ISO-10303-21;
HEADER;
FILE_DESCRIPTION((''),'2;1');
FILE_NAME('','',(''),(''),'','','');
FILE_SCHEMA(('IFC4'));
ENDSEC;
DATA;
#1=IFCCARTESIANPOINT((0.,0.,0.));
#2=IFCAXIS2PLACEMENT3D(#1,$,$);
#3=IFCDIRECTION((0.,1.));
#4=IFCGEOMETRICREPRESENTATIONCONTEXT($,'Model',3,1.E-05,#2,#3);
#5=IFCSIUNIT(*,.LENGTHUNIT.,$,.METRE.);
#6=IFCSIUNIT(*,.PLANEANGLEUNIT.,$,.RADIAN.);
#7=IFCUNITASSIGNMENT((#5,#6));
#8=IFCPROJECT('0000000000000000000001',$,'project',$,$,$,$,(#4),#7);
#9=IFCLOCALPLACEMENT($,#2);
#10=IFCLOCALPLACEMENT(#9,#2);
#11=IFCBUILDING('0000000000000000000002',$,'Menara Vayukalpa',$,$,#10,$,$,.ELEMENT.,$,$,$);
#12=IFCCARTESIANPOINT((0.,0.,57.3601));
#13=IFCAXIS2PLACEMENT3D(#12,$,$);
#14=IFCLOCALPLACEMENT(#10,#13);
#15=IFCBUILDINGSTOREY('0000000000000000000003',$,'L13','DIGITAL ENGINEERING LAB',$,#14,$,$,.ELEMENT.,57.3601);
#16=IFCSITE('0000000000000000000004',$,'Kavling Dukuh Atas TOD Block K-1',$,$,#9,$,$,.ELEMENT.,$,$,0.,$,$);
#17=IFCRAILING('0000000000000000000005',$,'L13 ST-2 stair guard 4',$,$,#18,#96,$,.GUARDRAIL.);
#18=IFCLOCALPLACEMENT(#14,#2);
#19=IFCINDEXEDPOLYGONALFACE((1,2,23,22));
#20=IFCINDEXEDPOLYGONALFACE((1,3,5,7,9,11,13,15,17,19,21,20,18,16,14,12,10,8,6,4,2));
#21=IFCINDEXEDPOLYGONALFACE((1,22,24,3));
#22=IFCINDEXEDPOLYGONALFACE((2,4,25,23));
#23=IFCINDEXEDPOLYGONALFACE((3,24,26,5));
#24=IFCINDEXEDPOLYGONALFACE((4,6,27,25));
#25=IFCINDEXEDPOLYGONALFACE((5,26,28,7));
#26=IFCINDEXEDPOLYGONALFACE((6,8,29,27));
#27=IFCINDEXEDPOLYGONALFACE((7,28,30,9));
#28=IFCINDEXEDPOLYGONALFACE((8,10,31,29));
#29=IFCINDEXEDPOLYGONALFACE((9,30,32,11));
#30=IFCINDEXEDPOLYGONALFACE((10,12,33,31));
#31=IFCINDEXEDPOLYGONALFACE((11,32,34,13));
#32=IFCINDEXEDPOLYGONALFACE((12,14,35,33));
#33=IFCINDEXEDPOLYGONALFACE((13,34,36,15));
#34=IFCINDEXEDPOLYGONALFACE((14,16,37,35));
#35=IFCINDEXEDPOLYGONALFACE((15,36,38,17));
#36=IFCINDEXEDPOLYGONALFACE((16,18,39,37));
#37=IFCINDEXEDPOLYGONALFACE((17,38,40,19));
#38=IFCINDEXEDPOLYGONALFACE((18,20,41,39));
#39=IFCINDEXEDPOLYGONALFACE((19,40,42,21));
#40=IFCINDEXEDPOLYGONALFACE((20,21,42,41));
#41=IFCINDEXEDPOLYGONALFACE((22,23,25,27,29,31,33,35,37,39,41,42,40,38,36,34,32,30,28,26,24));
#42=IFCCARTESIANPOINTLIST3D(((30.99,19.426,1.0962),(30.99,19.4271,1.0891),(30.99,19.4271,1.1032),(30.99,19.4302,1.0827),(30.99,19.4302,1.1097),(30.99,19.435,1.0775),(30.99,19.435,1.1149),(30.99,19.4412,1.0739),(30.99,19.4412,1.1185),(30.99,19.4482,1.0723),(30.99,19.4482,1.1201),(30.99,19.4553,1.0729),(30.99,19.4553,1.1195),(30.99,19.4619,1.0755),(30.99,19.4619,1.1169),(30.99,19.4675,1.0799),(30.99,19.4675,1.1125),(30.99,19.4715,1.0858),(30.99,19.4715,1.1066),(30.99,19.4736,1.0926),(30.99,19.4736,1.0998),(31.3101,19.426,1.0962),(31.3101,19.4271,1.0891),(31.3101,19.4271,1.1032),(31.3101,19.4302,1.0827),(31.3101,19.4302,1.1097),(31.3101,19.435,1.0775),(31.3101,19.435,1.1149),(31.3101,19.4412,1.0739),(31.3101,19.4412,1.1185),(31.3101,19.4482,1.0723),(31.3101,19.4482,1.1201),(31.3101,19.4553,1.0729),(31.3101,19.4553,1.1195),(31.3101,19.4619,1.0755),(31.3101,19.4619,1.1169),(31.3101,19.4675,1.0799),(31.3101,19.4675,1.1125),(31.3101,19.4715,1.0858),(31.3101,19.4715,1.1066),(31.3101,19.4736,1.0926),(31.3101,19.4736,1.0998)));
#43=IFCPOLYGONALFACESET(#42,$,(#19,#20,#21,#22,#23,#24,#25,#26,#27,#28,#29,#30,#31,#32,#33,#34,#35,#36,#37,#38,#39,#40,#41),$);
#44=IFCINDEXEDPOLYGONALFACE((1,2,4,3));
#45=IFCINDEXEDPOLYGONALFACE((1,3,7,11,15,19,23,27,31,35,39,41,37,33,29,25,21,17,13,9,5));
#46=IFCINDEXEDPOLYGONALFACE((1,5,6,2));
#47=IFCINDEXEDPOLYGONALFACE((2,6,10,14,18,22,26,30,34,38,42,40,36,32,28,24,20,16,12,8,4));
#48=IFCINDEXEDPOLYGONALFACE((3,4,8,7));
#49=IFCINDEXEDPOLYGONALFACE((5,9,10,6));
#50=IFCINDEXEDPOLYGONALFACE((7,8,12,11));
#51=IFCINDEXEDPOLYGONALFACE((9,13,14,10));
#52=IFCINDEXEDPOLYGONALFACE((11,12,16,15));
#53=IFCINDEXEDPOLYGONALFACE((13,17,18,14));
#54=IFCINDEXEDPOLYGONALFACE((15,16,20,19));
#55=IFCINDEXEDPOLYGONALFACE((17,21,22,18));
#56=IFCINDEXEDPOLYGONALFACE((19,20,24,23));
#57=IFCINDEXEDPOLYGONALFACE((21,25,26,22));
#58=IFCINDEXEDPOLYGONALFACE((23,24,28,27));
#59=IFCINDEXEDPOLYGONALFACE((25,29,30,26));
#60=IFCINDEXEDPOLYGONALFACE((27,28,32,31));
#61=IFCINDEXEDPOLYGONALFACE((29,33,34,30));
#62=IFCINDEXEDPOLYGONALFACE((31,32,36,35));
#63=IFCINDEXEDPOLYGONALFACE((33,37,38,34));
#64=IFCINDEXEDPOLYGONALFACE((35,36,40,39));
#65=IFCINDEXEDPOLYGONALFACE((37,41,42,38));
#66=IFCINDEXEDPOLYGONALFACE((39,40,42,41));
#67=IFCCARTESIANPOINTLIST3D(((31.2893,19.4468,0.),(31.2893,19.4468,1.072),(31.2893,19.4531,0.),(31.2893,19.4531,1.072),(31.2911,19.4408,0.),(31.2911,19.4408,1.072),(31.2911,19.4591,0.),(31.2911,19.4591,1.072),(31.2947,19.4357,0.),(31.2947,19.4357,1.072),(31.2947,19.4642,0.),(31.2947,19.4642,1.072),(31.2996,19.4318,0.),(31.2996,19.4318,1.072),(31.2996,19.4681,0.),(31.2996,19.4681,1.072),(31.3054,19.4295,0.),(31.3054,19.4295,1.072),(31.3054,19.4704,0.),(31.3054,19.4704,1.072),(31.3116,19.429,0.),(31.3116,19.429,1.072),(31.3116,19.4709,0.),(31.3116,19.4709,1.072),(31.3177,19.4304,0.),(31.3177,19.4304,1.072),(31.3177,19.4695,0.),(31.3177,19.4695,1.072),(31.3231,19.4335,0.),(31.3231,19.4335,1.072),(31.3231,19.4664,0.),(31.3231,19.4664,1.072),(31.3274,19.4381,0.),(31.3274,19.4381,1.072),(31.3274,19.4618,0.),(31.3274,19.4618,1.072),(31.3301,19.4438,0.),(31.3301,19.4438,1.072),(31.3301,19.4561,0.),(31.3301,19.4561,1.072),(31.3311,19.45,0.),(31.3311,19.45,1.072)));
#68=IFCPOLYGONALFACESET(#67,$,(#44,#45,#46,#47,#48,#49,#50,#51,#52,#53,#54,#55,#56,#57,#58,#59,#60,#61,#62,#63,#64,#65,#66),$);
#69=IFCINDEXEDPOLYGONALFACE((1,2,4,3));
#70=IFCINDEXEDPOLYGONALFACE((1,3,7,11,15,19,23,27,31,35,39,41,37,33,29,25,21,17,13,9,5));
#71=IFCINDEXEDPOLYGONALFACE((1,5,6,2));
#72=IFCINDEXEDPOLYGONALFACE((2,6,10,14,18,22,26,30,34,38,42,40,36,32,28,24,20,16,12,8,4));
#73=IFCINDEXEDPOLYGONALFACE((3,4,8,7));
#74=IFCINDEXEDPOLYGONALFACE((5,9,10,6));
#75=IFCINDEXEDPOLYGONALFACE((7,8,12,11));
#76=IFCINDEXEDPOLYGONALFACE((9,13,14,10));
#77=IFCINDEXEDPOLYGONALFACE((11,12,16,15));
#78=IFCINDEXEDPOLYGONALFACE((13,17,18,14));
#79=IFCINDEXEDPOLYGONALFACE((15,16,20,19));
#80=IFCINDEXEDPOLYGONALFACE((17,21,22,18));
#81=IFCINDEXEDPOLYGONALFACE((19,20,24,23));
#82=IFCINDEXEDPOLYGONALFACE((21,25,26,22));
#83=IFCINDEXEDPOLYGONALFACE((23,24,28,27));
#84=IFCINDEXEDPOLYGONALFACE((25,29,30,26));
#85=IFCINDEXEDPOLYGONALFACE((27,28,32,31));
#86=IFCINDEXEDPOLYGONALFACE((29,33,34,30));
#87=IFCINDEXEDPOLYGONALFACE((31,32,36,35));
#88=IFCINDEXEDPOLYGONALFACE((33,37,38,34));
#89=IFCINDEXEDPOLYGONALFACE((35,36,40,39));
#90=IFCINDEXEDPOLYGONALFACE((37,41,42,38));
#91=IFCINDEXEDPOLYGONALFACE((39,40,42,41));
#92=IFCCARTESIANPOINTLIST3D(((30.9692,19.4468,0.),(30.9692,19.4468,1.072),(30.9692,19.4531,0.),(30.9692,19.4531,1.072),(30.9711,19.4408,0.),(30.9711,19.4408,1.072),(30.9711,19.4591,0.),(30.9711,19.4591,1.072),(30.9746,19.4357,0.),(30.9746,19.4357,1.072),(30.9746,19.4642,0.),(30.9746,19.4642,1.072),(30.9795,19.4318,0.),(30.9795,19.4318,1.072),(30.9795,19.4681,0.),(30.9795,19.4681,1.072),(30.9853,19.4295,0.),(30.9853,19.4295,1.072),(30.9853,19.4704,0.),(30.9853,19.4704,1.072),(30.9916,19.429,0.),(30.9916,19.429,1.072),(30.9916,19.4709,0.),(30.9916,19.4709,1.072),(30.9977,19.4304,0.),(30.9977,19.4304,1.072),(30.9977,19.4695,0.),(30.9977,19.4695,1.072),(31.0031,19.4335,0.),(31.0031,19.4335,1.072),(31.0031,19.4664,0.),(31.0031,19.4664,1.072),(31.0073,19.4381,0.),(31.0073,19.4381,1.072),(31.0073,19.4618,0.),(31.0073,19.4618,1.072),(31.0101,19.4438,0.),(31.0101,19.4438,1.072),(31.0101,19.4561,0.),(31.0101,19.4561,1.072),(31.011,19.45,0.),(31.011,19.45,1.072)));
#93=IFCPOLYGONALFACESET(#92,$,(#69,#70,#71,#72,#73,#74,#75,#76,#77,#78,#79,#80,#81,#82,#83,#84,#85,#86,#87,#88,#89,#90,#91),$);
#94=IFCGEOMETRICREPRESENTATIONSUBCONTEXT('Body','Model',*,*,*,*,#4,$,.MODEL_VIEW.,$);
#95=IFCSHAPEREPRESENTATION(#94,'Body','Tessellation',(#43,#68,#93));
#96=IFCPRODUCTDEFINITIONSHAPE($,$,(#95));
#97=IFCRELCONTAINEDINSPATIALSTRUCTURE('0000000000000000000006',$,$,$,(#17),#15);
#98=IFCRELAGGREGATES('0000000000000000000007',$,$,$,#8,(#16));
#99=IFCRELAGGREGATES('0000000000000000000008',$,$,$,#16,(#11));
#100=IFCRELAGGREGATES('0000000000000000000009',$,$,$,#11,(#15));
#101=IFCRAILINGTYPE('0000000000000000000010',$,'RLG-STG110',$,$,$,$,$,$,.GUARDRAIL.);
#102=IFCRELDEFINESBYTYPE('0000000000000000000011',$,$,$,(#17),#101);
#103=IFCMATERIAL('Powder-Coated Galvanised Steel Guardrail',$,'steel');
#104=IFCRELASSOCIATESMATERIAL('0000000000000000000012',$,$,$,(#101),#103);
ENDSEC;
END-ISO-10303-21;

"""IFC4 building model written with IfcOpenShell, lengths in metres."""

from ifc_helpers import new_model, si_unit, direction, frame, origin, origin_2d, place, context, subcontext, project, spatial, circle, extrude, material, type_object, element, save


model = new_model("IFC4")

# Units and contexts
model_context = context("Model", 3, precision=1e-05, world=origin(), true_north=direction((0.0, 1.0)))
body_context = subcontext(model_context, "Body", "Model", "MODEL_VIEW")
ifc_project = project(units=[si_unit("LENGTHUNIT", "METRE"), si_unit("PLANEANGLEUNIT", "RADIAN")], contexts=[model_context])

# Site, building, storey
site_placement = place(None, origin())
site = spatial("IfcSite", under=ifc_project, at=site_placement, Name="Kavling Dukuh Atas TOD Block K-1", CompositionType="ELEMENT", RefElevation=0.0)
building_placement = place(site_placement, origin())
building = spatial("IfcBuilding", under=site, at=building_placement, Name="Menara Vayukalpa", CompositionType="ELEMENT")
storey_placement = place(building_placement, frame((0.0, 0.0, 57.3601)))
storey = spatial("IfcBuildingStorey", under=building, at=storey_placement, Name="L13", Description="DIGITAL ENGINEERING LAB", CompositionType="ELEMENT", Elevation=57.3601)

# Railing
ifc_material_1 = material(Name="Powder-Coated Galvanised Steel Guardrail", Category="steel")
railing_type_1 = type_object("IfcRailingType", Name="RLG-STG110", PredefinedType="GUARDRAIL", material=ifc_material_1)
railing_1_placement = place(storey_placement, frame((31.3101, 19.45, 0.0)))
element("IfcRailing", 1, at=railing_1_placement, inside=storey, type_object=railing_type_1, Name="L13 ST-2 stair guard 4", PredefinedType="GUARDRAIL", context=body_context, shape_type="SweptSolid", body=[
    extrude(circle(Radius=0.0239, at=origin_2d()), frame((0.0, 0.0, 1.0962), z_axis=(-1.0, 0.0, 0.0), x_axis=(0.0, -1.0, 0.0)), (0.0, 0.0, 1.0), 0.3201),
    extrude(circle(Radius=0.021, at=origin_2d()), origin(), (0.0, 0.0, 1.0), 1.072),
    extrude(circle(Radius=0.021, at=origin_2d()), frame((-0.3201, 0.0, 0.0)), (0.0, 0.0, 1.0), 1.072),
])

save(model, "model.ifc")
